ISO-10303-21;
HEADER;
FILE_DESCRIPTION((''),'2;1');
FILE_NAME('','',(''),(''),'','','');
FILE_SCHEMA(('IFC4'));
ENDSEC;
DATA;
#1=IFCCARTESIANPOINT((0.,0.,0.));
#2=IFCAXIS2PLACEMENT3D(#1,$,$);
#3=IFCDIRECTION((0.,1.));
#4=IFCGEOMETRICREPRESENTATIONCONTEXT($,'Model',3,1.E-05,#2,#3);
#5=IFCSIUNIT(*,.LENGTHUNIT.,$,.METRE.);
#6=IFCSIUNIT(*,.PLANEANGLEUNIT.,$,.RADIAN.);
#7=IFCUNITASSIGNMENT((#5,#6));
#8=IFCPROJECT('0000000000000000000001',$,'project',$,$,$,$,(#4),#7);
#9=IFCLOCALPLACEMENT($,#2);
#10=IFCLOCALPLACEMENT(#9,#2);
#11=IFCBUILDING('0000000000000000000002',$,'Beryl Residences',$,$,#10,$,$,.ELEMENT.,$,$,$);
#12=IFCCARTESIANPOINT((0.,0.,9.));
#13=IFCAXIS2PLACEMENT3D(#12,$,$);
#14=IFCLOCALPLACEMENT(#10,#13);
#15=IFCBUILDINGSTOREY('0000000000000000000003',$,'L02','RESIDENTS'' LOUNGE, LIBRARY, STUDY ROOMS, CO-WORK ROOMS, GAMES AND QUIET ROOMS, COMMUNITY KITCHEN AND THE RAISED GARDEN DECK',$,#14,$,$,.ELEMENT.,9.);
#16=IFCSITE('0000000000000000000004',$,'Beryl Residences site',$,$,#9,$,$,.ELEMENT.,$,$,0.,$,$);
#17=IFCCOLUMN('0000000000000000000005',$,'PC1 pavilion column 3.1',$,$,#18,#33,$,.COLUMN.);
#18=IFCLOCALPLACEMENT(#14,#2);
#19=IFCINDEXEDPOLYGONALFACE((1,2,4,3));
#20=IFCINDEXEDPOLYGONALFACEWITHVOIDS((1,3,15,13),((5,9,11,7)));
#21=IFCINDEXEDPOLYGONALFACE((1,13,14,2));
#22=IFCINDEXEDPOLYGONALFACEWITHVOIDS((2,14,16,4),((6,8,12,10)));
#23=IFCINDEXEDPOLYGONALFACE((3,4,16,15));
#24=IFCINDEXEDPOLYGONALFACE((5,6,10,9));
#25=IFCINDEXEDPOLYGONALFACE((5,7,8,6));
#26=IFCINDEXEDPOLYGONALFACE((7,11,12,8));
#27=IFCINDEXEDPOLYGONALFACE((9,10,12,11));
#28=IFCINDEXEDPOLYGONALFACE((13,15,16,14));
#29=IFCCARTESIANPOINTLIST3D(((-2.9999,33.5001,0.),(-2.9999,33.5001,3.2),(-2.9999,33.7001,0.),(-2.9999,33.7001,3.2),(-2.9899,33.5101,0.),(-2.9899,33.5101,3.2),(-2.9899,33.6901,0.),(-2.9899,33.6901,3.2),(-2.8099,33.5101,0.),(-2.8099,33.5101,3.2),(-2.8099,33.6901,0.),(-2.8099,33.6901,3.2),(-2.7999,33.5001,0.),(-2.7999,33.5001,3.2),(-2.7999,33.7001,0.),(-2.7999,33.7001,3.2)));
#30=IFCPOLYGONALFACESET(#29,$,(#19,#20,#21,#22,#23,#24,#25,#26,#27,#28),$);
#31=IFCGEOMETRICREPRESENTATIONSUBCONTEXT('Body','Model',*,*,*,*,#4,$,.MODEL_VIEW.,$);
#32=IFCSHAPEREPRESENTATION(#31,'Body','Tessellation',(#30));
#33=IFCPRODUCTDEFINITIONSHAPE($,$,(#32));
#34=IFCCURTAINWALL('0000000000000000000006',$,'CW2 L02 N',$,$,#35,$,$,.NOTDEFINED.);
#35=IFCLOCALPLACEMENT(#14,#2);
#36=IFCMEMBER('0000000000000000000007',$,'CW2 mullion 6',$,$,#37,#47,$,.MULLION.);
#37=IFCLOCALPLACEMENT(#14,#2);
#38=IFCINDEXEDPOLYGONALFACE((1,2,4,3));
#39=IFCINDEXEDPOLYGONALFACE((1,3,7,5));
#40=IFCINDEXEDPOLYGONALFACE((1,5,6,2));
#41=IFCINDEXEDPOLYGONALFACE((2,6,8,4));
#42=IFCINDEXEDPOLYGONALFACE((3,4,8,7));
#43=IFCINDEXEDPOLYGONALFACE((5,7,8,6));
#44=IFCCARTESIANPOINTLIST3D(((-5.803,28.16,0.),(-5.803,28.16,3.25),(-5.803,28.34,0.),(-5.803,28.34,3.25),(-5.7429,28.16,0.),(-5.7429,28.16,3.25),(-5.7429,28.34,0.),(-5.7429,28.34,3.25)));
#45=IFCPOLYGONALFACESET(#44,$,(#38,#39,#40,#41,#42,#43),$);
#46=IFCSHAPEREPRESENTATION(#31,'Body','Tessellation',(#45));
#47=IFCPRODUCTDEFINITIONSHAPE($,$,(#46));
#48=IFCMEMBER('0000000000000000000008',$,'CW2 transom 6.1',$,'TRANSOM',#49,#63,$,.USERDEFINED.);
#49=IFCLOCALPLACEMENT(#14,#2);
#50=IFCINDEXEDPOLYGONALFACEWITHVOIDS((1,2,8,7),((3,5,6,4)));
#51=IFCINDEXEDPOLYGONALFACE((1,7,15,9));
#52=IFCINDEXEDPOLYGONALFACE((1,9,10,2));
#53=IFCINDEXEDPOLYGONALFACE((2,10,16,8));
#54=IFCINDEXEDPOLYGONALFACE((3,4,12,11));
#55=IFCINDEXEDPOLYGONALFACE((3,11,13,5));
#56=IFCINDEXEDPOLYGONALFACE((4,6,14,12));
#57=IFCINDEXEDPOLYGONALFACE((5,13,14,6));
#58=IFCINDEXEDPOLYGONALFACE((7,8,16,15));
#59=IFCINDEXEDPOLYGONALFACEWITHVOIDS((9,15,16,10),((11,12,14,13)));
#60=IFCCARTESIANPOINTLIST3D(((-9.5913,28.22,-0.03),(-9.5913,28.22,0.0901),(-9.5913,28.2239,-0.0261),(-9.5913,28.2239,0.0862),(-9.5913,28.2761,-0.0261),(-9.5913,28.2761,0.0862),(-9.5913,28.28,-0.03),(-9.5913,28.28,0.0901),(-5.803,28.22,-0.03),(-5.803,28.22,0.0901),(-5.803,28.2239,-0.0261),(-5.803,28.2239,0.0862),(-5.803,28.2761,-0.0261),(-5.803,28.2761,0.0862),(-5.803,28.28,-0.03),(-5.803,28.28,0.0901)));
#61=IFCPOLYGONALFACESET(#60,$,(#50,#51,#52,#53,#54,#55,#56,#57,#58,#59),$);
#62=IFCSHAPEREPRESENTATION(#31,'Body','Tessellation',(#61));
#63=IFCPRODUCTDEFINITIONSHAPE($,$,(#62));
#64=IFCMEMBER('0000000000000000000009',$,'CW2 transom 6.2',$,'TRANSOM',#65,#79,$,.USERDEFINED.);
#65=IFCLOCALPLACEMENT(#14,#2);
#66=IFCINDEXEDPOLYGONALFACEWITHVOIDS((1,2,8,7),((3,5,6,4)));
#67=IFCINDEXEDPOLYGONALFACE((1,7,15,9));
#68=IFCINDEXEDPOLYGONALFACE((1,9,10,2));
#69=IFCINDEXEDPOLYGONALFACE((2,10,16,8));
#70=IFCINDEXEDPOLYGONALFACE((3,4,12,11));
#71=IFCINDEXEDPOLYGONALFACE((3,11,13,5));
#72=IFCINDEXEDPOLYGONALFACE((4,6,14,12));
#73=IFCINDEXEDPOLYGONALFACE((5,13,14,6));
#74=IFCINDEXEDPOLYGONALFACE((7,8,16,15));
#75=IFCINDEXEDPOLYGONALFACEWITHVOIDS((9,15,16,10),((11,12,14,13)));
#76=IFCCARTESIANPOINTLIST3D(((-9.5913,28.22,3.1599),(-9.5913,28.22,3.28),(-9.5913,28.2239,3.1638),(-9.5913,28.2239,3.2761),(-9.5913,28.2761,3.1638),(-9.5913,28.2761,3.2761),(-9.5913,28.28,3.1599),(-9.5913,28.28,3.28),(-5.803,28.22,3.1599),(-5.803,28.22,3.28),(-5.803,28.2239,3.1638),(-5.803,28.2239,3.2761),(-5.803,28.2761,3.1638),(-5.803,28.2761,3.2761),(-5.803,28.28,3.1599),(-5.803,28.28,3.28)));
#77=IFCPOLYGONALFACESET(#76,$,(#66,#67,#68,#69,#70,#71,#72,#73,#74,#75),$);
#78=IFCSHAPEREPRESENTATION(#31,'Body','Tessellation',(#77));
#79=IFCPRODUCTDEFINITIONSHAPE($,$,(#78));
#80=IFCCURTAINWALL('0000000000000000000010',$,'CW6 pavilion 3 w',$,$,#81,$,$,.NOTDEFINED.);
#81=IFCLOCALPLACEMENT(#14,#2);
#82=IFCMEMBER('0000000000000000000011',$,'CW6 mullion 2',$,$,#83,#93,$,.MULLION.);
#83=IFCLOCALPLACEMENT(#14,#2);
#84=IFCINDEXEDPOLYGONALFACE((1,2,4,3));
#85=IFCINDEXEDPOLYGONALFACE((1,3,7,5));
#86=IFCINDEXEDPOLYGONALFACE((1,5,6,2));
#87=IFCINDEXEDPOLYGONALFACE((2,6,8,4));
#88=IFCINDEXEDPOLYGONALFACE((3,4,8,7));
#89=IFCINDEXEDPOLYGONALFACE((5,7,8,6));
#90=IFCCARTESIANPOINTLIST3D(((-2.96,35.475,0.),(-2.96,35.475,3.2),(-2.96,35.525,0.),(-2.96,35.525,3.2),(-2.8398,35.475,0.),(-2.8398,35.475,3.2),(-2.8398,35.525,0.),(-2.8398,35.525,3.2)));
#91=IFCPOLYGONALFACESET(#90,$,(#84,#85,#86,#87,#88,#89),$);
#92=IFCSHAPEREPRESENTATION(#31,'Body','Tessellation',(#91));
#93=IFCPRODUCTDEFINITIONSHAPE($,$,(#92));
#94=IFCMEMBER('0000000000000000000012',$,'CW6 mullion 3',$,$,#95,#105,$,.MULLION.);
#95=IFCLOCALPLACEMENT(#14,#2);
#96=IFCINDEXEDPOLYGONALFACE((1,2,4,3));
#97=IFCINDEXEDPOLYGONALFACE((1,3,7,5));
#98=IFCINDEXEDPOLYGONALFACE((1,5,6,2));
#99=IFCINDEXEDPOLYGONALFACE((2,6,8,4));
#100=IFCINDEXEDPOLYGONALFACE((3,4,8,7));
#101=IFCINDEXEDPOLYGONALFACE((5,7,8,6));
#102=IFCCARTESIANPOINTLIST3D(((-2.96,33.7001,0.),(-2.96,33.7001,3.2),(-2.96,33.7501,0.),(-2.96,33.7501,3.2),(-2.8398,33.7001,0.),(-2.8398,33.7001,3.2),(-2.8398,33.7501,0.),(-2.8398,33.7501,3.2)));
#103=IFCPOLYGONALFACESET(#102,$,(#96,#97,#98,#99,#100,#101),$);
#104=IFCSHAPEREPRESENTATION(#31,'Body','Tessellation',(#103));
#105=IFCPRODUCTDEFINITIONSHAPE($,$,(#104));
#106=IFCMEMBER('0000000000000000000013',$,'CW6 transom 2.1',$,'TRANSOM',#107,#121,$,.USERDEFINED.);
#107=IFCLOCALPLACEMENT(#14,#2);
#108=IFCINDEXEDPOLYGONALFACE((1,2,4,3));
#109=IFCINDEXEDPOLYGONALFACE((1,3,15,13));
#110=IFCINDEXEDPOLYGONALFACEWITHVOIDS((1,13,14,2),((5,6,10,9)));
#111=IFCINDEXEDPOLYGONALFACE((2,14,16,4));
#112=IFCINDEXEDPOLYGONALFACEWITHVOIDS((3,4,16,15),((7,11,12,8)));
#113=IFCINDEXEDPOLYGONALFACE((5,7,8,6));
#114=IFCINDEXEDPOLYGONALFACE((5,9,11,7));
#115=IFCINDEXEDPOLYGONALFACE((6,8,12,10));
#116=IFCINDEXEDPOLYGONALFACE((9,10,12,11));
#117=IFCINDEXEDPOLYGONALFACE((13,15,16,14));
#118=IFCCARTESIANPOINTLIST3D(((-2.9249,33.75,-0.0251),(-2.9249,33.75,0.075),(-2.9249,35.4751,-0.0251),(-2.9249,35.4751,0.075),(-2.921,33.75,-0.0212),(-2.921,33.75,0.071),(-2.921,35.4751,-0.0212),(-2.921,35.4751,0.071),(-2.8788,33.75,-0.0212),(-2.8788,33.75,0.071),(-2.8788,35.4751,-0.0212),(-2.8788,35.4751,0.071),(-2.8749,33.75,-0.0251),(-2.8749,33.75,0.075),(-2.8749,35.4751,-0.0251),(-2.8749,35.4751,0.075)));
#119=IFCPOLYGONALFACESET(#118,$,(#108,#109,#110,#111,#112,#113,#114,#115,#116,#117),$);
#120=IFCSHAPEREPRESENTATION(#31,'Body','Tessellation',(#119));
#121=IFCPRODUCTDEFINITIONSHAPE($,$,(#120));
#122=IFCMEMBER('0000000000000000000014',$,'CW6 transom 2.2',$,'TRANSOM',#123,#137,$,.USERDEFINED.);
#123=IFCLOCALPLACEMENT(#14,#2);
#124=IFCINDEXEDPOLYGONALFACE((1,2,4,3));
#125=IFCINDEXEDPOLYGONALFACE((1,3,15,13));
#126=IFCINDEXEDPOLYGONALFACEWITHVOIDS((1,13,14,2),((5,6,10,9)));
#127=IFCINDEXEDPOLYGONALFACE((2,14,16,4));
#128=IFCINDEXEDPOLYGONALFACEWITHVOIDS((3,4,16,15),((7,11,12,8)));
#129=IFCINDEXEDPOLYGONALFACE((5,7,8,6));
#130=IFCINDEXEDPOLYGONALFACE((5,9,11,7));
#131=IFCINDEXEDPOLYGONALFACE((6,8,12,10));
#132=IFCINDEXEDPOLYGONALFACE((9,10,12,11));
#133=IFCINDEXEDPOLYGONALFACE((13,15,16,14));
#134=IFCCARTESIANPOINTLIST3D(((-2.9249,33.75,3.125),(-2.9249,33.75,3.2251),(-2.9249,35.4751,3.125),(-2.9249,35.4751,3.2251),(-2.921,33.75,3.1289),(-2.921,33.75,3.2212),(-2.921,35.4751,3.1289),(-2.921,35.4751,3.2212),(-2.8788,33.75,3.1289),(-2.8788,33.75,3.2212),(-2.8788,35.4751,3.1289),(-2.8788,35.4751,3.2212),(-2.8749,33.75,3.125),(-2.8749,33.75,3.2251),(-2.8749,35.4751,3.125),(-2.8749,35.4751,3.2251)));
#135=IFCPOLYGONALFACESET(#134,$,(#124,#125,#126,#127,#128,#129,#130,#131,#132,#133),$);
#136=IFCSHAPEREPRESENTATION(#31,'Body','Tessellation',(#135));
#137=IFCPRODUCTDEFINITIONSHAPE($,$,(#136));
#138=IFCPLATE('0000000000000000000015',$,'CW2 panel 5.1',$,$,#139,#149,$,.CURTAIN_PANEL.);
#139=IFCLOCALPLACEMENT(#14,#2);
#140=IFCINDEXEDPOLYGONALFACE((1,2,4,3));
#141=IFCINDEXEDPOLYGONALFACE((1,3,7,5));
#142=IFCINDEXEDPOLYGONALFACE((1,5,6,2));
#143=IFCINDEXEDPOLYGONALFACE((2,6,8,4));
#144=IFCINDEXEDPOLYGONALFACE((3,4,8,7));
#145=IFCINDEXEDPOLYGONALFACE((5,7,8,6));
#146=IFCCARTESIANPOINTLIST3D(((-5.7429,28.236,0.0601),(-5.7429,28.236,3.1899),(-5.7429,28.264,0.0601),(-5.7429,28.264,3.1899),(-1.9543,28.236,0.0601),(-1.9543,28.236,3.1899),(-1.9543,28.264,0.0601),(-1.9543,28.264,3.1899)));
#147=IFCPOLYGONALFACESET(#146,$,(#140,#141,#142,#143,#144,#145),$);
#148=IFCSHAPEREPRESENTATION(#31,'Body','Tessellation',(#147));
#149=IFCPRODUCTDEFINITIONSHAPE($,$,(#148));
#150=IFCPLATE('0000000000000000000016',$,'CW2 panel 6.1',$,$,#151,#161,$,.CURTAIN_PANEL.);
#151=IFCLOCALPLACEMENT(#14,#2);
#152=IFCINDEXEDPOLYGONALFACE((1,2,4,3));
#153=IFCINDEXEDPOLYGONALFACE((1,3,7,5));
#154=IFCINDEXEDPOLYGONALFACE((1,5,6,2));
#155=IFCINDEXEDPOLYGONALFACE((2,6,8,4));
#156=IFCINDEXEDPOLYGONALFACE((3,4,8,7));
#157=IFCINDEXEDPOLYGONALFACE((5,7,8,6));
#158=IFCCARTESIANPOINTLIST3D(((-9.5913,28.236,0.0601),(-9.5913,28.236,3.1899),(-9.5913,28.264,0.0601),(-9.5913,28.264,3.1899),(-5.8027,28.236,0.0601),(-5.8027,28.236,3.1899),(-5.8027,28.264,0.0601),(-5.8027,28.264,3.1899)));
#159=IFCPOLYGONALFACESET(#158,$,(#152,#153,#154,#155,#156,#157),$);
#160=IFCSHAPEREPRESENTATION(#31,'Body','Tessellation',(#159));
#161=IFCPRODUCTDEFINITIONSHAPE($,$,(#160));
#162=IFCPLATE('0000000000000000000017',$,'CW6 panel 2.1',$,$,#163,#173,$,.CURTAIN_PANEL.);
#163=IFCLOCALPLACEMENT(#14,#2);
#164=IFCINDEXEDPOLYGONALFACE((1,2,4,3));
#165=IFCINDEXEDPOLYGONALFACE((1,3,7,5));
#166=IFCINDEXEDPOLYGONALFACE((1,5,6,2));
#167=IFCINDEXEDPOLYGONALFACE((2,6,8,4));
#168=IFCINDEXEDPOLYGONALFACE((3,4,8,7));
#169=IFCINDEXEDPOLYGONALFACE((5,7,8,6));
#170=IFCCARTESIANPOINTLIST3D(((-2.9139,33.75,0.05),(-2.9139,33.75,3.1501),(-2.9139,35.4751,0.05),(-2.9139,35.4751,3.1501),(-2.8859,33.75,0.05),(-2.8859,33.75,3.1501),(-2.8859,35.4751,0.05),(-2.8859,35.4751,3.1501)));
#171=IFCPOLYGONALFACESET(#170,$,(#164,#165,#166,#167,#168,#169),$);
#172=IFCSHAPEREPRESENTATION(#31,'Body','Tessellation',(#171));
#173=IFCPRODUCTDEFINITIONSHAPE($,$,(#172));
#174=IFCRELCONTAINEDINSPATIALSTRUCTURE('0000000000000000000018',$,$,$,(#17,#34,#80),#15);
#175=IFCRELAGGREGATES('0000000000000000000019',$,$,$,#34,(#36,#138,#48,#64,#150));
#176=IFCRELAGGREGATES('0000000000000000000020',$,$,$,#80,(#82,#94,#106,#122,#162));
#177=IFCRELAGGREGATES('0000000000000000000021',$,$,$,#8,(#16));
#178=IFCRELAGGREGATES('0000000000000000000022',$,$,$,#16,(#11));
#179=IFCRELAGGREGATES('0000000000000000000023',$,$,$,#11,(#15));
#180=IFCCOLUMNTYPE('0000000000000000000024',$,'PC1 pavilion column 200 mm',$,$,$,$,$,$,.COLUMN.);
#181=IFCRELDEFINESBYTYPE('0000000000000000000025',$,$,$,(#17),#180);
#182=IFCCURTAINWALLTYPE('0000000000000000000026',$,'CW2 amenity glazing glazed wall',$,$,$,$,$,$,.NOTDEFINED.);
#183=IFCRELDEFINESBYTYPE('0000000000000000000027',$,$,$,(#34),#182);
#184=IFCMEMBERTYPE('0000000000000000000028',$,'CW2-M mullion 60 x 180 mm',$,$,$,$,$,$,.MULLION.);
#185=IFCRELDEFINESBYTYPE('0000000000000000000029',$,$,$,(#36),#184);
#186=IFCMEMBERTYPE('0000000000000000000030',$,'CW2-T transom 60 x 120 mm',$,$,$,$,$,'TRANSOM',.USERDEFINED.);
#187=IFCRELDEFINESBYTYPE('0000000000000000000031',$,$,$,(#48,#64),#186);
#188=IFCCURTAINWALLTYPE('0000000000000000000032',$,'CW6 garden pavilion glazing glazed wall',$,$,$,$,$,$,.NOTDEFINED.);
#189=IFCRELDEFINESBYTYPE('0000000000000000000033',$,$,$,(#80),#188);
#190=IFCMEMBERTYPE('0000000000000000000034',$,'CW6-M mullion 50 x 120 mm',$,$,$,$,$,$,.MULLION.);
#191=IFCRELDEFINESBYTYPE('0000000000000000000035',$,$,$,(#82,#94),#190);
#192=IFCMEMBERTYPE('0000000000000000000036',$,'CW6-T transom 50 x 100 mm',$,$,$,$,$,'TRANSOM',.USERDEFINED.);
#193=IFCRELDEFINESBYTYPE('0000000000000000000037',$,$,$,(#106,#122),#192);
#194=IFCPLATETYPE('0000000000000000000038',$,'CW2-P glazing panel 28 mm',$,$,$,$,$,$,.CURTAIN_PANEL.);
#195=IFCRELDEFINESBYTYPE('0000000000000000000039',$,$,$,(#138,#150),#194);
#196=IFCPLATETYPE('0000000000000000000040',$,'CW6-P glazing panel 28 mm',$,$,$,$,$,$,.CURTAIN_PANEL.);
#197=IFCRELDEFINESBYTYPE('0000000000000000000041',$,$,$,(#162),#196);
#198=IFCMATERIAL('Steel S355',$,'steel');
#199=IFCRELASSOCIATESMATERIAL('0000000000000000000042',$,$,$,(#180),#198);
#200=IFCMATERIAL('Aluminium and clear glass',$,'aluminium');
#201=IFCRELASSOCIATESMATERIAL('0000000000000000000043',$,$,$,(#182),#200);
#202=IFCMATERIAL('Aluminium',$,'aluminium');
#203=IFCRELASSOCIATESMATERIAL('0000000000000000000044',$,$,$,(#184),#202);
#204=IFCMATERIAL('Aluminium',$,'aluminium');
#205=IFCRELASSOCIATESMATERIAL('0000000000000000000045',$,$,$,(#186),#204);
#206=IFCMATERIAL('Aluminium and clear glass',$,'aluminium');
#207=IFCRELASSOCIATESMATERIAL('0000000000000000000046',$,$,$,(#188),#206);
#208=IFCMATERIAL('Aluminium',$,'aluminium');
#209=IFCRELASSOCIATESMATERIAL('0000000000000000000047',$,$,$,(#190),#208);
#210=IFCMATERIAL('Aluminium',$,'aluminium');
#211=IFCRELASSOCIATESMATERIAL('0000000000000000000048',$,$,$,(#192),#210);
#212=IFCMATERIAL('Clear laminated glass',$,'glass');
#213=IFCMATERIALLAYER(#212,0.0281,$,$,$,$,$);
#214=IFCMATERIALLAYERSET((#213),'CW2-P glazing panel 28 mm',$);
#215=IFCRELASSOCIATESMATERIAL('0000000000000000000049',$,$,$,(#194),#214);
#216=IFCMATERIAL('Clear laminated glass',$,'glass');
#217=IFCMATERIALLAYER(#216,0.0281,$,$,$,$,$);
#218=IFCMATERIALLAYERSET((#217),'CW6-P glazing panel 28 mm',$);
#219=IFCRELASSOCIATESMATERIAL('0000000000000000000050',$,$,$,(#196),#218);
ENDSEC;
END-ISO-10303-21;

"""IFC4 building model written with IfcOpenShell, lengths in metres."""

from ifc_helpers import new_model, si_unit, direction, frame, origin, origin_2d, place, context, subcontext, project, spatial, rectangle, hollow_rectangle, extrude, material, layer, layer_set, material_profile, profile_set, type_object, element, aggregate, save


model = new_model("IFC4")

# Units and contexts
model_context = context("Model", 3, precision=1e-05, world=origin(), true_north=direction((0.0, 1.0)))
body_context = subcontext(model_context, "Body", "Model", "MODEL_VIEW")
ifc_project = project(units=[si_unit("LENGTHUNIT", "METRE"), si_unit("PLANEANGLEUNIT", "RADIAN")], contexts=[model_context])

# Site, building, storey
site_placement = place(None, origin())
site = spatial("IfcSite", under=ifc_project, at=site_placement, Name="Beryl Residences site", CompositionType="ELEMENT", RefElevation=0.0)
building_placement = place(site_placement, origin())
building = spatial("IfcBuilding", under=site, at=building_placement, Name="Beryl Residences", CompositionType="ELEMENT")
storey_placement = place(building_placement, frame((0.0, 0.0, 9.0)))
storey = spatial("IfcBuildingStorey", under=building, at=storey_placement, Name="L02", Description="RESIDENTS' LOUNGE, LIBRARY, STUDY ROOMS, CO-WORK ROOMS, GAMES AND QUIET ROOMS, COMMUNITY KITCHEN AND THE RAISED GARDEN DECK", CompositionType="ELEMENT", Elevation=9.0)

# Column
ifc_material_1 = material(Name="Steel S355", Category="steel")
ifc_material_profile_1 = material_profile(ifc_material_1, hollow_rectangle(XDim=0.2, YDim=0.2, WallThickness=0.01, at=origin_2d()))
ifc_profile_set_1 = profile_set([ifc_material_profile_1], Name="Steel S355")
column_type = type_object("IfcColumnType", Name="PC1 pavilion column 200 mm", PredefinedType="COLUMN", material=ifc_profile_set_1)
column_placement = place(storey_placement, frame((-2.8999, 33.6001, 0.0), z_axis=(0.0, 0.0, 1.0), x_axis=(1.0, 0.0, 0.0)))
element("IfcColumn", 1, at=column_placement, inside=storey, type_object=column_type, Name="PC1 pavilion column 3.1", PredefinedType="COLUMN", context=body_context, shape_type="SweptSolid", body=[
    extrude(hollow_rectangle(XDim=0.2, YDim=0.2, WallThickness=0.01, at=origin_2d()), origin(), (0.0, 0.0, 1.0), 3.2),
])

# Curtain walls, members
ifc_material_2 = material(Name="Aluminium and clear glass", Category="aluminium")
curtain_wall_type_1 = type_object("IfcCurtainWallType", Name="CW2 amenity glazing glazed wall", PredefinedType="NOTDEFINED", material=ifc_material_2)
curtain_wall_1_placement = place(storey_placement, origin())
curtain_wall_1 = element("IfcCurtainWall", 2, at=curtain_wall_1_placement, inside=storey, type_object=curtain_wall_type_1, Name="CW2 L02 N", PredefinedType="NOTDEFINED")
ifc_material_3 = material(Name="Aluminium", Category="aluminium")
ifc_material_profile_2 = material_profile(ifc_material_3, rectangle(XDim=0.0601, YDim=0.1799, at=origin_2d()))
ifc_profile_set_2 = profile_set([ifc_material_profile_2], Name="Aluminium")
member_type_1 = type_object("IfcMemberType", Name="CW2-M mullion 60 x 180 mm", PredefinedType="MULLION", material=ifc_profile_set_2)
member_1_placement = place(storey_placement, frame((-5.7729, 28.25, 0.0), z_axis=(0.0, 0.0, 1.0), x_axis=(-1.0, 0.0, 0.0)))
member_1 = element("IfcMember", 3, at=member_1_placement, type_object=member_type_1, Name="CW2 mullion 6", PredefinedType="MULLION", context=body_context, shape_type="SweptSolid", body=[
    extrude(rectangle(XDim=0.0601, YDim=0.1799, at=origin_2d()), origin(), (0.0, 0.0, 1.0), 3.25),
])
ifc_material_4 = material(Name="Aluminium", Category="aluminium")
ifc_material_profile_3 = material_profile(ifc_material_4, hollow_rectangle(XDim=0.0601, YDim=0.1201, WallThickness=0.0039, at=origin_2d()))
ifc_profile_set_3 = profile_set([ifc_material_profile_3], Name="Aluminium")
member_type_2 = type_object("IfcMemberType", Name="CW2-T transom 60 x 120 mm", ElementType="TRANSOM", PredefinedType="USERDEFINED", material=ifc_profile_set_3)
member_2_placement = place(storey_placement, frame((-5.803, 28.25, 0.03), z_axis=(-1.0, 0.0, 0.0), x_axis=(0.0, -1.0, 0.0)))
member_2 = element("IfcMember", 4, at=member_2_placement, type_object=member_type_2, Name="CW2 transom 6.1", ObjectType="TRANSOM", PredefinedType="USERDEFINED", context=body_context, shape_type="SweptSolid", body=[
    extrude(hollow_rectangle(XDim=0.0601, YDim=0.1201, WallThickness=0.0039, at=origin_2d()), origin(), (0.0, 0.0, 1.0), 3.7883),
])
member_3_placement = place(storey_placement, frame((-5.803, 28.25, 3.22), z_axis=(-1.0, 0.0, 0.0), x_axis=(0.0, -1.0, 0.0)))
member_3 = element("IfcMember", 5, at=member_3_placement, type_object=member_type_2, Name="CW2 transom 6.2", ObjectType="TRANSOM", PredefinedType="USERDEFINED", context=body_context, shape_type="SweptSolid", body=[
    extrude(hollow_rectangle(XDim=0.0601, YDim=0.1201, WallThickness=0.0039, at=origin_2d()), origin(), (0.0, 0.0, 1.0), 3.7883),
])
ifc_material_5 = material(Name="Aluminium and clear glass", Category="aluminium")
curtain_wall_type_2 = type_object("IfcCurtainWallType", Name="CW6 garden pavilion glazing glazed wall", PredefinedType="NOTDEFINED", material=ifc_material_5)
curtain_wall_2_placement = place(storey_placement, origin())
curtain_wall_2 = element("IfcCurtainWall", 6, at=curtain_wall_2_placement, inside=storey, type_object=curtain_wall_type_2, Name="CW6 pavilion 3 w", PredefinedType="NOTDEFINED")
ifc_material_6 = material(Name="Aluminium", Category="aluminium")
ifc_material_profile_4 = material_profile(ifc_material_6, rectangle(XDim=0.05, YDim=0.1201, at=origin_2d()))
ifc_profile_set_4 = profile_set([ifc_material_profile_4], Name="Aluminium")
member_type_3 = type_object("IfcMemberType", Name="CW6-M mullion 50 x 120 mm", PredefinedType="MULLION", material=ifc_profile_set_4)
member_4_placement = place(storey_placement, frame((-2.8999, 35.5, 0.0), z_axis=(0.0, 0.0, 1.0), x_axis=(0.0, -1.0, 0.0)))
member_4 = element("IfcMember", 7, at=member_4_placement, type_object=member_type_3, Name="CW6 mullion 2", PredefinedType="MULLION", context=body_context, shape_type="SweptSolid", body=[
    extrude(rectangle(XDim=0.05, YDim=0.1201, at=origin_2d()), origin(), (0.0, 0.0, 1.0), 3.2),
])
member_5_placement = place(storey_placement, frame((-2.8999, 33.7251, 0.0), z_axis=(0.0, 0.0, 1.0), x_axis=(0.0, -1.0, 0.0)))
member_5 = element("IfcMember", 8, at=member_5_placement, type_object=member_type_3, Name="CW6 mullion 3", PredefinedType="MULLION", context=body_context, shape_type="SweptSolid", body=[
    extrude(rectangle(XDim=0.05, YDim=0.1201, at=origin_2d()), origin(), (0.0, 0.0, 1.0), 3.2),
])
ifc_material_7 = material(Name="Aluminium", Category="aluminium")
ifc_material_profile_5 = material_profile(ifc_material_7, hollow_rectangle(XDim=0.05, YDim=0.1001, WallThickness=0.0039, at=origin_2d()))
ifc_profile_set_5 = profile_set([ifc_material_profile_5], Name="Aluminium")
member_type_4 = type_object("IfcMemberType", Name="CW6-T transom 50 x 100 mm", ElementType="TRANSOM", PredefinedType="USERDEFINED", material=ifc_profile_set_5)
member_6_placement = place(storey_placement, frame((-2.8999, 35.4751, 0.0249), z_axis=(0.0, -1.0, 0.0), x_axis=(1.0, 0.0, 0.0)))
member_6 = element("IfcMember", 9, at=member_6_placement, type_object=member_type_4, Name="CW6 transom 2.1", ObjectType="TRANSOM", PredefinedType="USERDEFINED", context=body_context, shape_type="SweptSolid", body=[
    extrude(hollow_rectangle(XDim=0.05, YDim=0.1001, WallThickness=0.0039, at=origin_2d()), origin(), (0.0, 0.0, 1.0), 1.7251),
])
member_7_placement = place(storey_placement, frame((-2.8999, 35.4751, 3.175), z_axis=(0.0, -1.0, 0.0), x_axis=(1.0, 0.0, 0.0)))
member_7 = element("IfcMember", 10, at=member_7_placement, type_object=member_type_4, Name="CW6 transom 2.2", ObjectType="TRANSOM", PredefinedType="USERDEFINED", context=body_context, shape_type="SweptSolid", body=[
    extrude(hollow_rectangle(XDim=0.05, YDim=0.1001, WallThickness=0.0039, at=origin_2d()), origin(), (0.0, 0.0, 1.0), 1.7251),
])

# Plates
ifc_material_8 = material(Name="Clear laminated glass", Category="glass")
ifc_layer_1 = layer(ifc_material_8, 0.0281)
ifc_layer_set_1 = layer_set([ifc_layer_1], Name="CW2-P glazing panel 28 mm")
plate_type_1 = type_object("IfcPlateType", Name="CW2-P glazing panel 28 mm", PredefinedType="CURTAIN_PANEL", material=ifc_layer_set_1)
plate_1_placement = place(storey_placement, frame((-3.8486, 28.25, 0.0601), z_axis=(0.0, 0.0, 1.0), x_axis=(-1.0, 0.0, 0.0)))
plate_1 = element("IfcPlate", 11, at=plate_1_placement, type_object=plate_type_1, Name="CW2 panel 5.1", PredefinedType="CURTAIN_PANEL", context=body_context, shape_type="SweptSolid", body=[
    extrude(rectangle(XDim=3.7886, YDim=0.0281, at=origin_2d()), origin(), (0.0, 0.0, 1.0), 3.1299),
])
plate_2_placement = place(storey_placement, frame((-7.697, 28.25, 0.0601), z_axis=(0.0, 0.0, 1.0), x_axis=(-1.0, 0.0, 0.0)))
plate_2 = element("IfcPlate", 12, at=plate_2_placement, type_object=plate_type_1, Name="CW2 panel 6.1", PredefinedType="CURTAIN_PANEL", context=body_context, shape_type="SweptSolid", body=[
    extrude(rectangle(XDim=3.7886, YDim=0.0281, at=origin_2d()), origin(), (0.0, 0.0, 1.0), 3.1299),
])
aggregate(curtain_wall_1, [member_1, plate_1, member_2, member_3, plate_2])
ifc_material_9 = material(Name="Clear laminated glass", Category="glass")
ifc_layer_2 = layer(ifc_material_9, 0.0281)
ifc_layer_set_2 = layer_set([ifc_layer_2], Name="CW6-P glazing panel 28 mm")
plate_type_2 = type_object("IfcPlateType", Name="CW6-P glazing panel 28 mm", PredefinedType="CURTAIN_PANEL", material=ifc_layer_set_2)
plate_3_placement = place(storey_placement, frame((-2.8999, 34.6125, 0.05), z_axis=(0.0, 0.0, 1.0), x_axis=(0.0, -1.0, 0.0)))
plate_3 = element("IfcPlate", 13, at=plate_3_placement, type_object=plate_type_2, Name="CW6 panel 2.1", PredefinedType="CURTAIN_PANEL", context=body_context, shape_type="SweptSolid", body=[
    extrude(rectangle(XDim=1.7251, YDim=0.0281, at=origin_2d()), origin(), (0.0, 0.0, 1.0), 3.1001),
])
aggregate(curtain_wall_2, [member_4, member_5, member_6, member_7, plate_3])

save(model, "model.ifc")
